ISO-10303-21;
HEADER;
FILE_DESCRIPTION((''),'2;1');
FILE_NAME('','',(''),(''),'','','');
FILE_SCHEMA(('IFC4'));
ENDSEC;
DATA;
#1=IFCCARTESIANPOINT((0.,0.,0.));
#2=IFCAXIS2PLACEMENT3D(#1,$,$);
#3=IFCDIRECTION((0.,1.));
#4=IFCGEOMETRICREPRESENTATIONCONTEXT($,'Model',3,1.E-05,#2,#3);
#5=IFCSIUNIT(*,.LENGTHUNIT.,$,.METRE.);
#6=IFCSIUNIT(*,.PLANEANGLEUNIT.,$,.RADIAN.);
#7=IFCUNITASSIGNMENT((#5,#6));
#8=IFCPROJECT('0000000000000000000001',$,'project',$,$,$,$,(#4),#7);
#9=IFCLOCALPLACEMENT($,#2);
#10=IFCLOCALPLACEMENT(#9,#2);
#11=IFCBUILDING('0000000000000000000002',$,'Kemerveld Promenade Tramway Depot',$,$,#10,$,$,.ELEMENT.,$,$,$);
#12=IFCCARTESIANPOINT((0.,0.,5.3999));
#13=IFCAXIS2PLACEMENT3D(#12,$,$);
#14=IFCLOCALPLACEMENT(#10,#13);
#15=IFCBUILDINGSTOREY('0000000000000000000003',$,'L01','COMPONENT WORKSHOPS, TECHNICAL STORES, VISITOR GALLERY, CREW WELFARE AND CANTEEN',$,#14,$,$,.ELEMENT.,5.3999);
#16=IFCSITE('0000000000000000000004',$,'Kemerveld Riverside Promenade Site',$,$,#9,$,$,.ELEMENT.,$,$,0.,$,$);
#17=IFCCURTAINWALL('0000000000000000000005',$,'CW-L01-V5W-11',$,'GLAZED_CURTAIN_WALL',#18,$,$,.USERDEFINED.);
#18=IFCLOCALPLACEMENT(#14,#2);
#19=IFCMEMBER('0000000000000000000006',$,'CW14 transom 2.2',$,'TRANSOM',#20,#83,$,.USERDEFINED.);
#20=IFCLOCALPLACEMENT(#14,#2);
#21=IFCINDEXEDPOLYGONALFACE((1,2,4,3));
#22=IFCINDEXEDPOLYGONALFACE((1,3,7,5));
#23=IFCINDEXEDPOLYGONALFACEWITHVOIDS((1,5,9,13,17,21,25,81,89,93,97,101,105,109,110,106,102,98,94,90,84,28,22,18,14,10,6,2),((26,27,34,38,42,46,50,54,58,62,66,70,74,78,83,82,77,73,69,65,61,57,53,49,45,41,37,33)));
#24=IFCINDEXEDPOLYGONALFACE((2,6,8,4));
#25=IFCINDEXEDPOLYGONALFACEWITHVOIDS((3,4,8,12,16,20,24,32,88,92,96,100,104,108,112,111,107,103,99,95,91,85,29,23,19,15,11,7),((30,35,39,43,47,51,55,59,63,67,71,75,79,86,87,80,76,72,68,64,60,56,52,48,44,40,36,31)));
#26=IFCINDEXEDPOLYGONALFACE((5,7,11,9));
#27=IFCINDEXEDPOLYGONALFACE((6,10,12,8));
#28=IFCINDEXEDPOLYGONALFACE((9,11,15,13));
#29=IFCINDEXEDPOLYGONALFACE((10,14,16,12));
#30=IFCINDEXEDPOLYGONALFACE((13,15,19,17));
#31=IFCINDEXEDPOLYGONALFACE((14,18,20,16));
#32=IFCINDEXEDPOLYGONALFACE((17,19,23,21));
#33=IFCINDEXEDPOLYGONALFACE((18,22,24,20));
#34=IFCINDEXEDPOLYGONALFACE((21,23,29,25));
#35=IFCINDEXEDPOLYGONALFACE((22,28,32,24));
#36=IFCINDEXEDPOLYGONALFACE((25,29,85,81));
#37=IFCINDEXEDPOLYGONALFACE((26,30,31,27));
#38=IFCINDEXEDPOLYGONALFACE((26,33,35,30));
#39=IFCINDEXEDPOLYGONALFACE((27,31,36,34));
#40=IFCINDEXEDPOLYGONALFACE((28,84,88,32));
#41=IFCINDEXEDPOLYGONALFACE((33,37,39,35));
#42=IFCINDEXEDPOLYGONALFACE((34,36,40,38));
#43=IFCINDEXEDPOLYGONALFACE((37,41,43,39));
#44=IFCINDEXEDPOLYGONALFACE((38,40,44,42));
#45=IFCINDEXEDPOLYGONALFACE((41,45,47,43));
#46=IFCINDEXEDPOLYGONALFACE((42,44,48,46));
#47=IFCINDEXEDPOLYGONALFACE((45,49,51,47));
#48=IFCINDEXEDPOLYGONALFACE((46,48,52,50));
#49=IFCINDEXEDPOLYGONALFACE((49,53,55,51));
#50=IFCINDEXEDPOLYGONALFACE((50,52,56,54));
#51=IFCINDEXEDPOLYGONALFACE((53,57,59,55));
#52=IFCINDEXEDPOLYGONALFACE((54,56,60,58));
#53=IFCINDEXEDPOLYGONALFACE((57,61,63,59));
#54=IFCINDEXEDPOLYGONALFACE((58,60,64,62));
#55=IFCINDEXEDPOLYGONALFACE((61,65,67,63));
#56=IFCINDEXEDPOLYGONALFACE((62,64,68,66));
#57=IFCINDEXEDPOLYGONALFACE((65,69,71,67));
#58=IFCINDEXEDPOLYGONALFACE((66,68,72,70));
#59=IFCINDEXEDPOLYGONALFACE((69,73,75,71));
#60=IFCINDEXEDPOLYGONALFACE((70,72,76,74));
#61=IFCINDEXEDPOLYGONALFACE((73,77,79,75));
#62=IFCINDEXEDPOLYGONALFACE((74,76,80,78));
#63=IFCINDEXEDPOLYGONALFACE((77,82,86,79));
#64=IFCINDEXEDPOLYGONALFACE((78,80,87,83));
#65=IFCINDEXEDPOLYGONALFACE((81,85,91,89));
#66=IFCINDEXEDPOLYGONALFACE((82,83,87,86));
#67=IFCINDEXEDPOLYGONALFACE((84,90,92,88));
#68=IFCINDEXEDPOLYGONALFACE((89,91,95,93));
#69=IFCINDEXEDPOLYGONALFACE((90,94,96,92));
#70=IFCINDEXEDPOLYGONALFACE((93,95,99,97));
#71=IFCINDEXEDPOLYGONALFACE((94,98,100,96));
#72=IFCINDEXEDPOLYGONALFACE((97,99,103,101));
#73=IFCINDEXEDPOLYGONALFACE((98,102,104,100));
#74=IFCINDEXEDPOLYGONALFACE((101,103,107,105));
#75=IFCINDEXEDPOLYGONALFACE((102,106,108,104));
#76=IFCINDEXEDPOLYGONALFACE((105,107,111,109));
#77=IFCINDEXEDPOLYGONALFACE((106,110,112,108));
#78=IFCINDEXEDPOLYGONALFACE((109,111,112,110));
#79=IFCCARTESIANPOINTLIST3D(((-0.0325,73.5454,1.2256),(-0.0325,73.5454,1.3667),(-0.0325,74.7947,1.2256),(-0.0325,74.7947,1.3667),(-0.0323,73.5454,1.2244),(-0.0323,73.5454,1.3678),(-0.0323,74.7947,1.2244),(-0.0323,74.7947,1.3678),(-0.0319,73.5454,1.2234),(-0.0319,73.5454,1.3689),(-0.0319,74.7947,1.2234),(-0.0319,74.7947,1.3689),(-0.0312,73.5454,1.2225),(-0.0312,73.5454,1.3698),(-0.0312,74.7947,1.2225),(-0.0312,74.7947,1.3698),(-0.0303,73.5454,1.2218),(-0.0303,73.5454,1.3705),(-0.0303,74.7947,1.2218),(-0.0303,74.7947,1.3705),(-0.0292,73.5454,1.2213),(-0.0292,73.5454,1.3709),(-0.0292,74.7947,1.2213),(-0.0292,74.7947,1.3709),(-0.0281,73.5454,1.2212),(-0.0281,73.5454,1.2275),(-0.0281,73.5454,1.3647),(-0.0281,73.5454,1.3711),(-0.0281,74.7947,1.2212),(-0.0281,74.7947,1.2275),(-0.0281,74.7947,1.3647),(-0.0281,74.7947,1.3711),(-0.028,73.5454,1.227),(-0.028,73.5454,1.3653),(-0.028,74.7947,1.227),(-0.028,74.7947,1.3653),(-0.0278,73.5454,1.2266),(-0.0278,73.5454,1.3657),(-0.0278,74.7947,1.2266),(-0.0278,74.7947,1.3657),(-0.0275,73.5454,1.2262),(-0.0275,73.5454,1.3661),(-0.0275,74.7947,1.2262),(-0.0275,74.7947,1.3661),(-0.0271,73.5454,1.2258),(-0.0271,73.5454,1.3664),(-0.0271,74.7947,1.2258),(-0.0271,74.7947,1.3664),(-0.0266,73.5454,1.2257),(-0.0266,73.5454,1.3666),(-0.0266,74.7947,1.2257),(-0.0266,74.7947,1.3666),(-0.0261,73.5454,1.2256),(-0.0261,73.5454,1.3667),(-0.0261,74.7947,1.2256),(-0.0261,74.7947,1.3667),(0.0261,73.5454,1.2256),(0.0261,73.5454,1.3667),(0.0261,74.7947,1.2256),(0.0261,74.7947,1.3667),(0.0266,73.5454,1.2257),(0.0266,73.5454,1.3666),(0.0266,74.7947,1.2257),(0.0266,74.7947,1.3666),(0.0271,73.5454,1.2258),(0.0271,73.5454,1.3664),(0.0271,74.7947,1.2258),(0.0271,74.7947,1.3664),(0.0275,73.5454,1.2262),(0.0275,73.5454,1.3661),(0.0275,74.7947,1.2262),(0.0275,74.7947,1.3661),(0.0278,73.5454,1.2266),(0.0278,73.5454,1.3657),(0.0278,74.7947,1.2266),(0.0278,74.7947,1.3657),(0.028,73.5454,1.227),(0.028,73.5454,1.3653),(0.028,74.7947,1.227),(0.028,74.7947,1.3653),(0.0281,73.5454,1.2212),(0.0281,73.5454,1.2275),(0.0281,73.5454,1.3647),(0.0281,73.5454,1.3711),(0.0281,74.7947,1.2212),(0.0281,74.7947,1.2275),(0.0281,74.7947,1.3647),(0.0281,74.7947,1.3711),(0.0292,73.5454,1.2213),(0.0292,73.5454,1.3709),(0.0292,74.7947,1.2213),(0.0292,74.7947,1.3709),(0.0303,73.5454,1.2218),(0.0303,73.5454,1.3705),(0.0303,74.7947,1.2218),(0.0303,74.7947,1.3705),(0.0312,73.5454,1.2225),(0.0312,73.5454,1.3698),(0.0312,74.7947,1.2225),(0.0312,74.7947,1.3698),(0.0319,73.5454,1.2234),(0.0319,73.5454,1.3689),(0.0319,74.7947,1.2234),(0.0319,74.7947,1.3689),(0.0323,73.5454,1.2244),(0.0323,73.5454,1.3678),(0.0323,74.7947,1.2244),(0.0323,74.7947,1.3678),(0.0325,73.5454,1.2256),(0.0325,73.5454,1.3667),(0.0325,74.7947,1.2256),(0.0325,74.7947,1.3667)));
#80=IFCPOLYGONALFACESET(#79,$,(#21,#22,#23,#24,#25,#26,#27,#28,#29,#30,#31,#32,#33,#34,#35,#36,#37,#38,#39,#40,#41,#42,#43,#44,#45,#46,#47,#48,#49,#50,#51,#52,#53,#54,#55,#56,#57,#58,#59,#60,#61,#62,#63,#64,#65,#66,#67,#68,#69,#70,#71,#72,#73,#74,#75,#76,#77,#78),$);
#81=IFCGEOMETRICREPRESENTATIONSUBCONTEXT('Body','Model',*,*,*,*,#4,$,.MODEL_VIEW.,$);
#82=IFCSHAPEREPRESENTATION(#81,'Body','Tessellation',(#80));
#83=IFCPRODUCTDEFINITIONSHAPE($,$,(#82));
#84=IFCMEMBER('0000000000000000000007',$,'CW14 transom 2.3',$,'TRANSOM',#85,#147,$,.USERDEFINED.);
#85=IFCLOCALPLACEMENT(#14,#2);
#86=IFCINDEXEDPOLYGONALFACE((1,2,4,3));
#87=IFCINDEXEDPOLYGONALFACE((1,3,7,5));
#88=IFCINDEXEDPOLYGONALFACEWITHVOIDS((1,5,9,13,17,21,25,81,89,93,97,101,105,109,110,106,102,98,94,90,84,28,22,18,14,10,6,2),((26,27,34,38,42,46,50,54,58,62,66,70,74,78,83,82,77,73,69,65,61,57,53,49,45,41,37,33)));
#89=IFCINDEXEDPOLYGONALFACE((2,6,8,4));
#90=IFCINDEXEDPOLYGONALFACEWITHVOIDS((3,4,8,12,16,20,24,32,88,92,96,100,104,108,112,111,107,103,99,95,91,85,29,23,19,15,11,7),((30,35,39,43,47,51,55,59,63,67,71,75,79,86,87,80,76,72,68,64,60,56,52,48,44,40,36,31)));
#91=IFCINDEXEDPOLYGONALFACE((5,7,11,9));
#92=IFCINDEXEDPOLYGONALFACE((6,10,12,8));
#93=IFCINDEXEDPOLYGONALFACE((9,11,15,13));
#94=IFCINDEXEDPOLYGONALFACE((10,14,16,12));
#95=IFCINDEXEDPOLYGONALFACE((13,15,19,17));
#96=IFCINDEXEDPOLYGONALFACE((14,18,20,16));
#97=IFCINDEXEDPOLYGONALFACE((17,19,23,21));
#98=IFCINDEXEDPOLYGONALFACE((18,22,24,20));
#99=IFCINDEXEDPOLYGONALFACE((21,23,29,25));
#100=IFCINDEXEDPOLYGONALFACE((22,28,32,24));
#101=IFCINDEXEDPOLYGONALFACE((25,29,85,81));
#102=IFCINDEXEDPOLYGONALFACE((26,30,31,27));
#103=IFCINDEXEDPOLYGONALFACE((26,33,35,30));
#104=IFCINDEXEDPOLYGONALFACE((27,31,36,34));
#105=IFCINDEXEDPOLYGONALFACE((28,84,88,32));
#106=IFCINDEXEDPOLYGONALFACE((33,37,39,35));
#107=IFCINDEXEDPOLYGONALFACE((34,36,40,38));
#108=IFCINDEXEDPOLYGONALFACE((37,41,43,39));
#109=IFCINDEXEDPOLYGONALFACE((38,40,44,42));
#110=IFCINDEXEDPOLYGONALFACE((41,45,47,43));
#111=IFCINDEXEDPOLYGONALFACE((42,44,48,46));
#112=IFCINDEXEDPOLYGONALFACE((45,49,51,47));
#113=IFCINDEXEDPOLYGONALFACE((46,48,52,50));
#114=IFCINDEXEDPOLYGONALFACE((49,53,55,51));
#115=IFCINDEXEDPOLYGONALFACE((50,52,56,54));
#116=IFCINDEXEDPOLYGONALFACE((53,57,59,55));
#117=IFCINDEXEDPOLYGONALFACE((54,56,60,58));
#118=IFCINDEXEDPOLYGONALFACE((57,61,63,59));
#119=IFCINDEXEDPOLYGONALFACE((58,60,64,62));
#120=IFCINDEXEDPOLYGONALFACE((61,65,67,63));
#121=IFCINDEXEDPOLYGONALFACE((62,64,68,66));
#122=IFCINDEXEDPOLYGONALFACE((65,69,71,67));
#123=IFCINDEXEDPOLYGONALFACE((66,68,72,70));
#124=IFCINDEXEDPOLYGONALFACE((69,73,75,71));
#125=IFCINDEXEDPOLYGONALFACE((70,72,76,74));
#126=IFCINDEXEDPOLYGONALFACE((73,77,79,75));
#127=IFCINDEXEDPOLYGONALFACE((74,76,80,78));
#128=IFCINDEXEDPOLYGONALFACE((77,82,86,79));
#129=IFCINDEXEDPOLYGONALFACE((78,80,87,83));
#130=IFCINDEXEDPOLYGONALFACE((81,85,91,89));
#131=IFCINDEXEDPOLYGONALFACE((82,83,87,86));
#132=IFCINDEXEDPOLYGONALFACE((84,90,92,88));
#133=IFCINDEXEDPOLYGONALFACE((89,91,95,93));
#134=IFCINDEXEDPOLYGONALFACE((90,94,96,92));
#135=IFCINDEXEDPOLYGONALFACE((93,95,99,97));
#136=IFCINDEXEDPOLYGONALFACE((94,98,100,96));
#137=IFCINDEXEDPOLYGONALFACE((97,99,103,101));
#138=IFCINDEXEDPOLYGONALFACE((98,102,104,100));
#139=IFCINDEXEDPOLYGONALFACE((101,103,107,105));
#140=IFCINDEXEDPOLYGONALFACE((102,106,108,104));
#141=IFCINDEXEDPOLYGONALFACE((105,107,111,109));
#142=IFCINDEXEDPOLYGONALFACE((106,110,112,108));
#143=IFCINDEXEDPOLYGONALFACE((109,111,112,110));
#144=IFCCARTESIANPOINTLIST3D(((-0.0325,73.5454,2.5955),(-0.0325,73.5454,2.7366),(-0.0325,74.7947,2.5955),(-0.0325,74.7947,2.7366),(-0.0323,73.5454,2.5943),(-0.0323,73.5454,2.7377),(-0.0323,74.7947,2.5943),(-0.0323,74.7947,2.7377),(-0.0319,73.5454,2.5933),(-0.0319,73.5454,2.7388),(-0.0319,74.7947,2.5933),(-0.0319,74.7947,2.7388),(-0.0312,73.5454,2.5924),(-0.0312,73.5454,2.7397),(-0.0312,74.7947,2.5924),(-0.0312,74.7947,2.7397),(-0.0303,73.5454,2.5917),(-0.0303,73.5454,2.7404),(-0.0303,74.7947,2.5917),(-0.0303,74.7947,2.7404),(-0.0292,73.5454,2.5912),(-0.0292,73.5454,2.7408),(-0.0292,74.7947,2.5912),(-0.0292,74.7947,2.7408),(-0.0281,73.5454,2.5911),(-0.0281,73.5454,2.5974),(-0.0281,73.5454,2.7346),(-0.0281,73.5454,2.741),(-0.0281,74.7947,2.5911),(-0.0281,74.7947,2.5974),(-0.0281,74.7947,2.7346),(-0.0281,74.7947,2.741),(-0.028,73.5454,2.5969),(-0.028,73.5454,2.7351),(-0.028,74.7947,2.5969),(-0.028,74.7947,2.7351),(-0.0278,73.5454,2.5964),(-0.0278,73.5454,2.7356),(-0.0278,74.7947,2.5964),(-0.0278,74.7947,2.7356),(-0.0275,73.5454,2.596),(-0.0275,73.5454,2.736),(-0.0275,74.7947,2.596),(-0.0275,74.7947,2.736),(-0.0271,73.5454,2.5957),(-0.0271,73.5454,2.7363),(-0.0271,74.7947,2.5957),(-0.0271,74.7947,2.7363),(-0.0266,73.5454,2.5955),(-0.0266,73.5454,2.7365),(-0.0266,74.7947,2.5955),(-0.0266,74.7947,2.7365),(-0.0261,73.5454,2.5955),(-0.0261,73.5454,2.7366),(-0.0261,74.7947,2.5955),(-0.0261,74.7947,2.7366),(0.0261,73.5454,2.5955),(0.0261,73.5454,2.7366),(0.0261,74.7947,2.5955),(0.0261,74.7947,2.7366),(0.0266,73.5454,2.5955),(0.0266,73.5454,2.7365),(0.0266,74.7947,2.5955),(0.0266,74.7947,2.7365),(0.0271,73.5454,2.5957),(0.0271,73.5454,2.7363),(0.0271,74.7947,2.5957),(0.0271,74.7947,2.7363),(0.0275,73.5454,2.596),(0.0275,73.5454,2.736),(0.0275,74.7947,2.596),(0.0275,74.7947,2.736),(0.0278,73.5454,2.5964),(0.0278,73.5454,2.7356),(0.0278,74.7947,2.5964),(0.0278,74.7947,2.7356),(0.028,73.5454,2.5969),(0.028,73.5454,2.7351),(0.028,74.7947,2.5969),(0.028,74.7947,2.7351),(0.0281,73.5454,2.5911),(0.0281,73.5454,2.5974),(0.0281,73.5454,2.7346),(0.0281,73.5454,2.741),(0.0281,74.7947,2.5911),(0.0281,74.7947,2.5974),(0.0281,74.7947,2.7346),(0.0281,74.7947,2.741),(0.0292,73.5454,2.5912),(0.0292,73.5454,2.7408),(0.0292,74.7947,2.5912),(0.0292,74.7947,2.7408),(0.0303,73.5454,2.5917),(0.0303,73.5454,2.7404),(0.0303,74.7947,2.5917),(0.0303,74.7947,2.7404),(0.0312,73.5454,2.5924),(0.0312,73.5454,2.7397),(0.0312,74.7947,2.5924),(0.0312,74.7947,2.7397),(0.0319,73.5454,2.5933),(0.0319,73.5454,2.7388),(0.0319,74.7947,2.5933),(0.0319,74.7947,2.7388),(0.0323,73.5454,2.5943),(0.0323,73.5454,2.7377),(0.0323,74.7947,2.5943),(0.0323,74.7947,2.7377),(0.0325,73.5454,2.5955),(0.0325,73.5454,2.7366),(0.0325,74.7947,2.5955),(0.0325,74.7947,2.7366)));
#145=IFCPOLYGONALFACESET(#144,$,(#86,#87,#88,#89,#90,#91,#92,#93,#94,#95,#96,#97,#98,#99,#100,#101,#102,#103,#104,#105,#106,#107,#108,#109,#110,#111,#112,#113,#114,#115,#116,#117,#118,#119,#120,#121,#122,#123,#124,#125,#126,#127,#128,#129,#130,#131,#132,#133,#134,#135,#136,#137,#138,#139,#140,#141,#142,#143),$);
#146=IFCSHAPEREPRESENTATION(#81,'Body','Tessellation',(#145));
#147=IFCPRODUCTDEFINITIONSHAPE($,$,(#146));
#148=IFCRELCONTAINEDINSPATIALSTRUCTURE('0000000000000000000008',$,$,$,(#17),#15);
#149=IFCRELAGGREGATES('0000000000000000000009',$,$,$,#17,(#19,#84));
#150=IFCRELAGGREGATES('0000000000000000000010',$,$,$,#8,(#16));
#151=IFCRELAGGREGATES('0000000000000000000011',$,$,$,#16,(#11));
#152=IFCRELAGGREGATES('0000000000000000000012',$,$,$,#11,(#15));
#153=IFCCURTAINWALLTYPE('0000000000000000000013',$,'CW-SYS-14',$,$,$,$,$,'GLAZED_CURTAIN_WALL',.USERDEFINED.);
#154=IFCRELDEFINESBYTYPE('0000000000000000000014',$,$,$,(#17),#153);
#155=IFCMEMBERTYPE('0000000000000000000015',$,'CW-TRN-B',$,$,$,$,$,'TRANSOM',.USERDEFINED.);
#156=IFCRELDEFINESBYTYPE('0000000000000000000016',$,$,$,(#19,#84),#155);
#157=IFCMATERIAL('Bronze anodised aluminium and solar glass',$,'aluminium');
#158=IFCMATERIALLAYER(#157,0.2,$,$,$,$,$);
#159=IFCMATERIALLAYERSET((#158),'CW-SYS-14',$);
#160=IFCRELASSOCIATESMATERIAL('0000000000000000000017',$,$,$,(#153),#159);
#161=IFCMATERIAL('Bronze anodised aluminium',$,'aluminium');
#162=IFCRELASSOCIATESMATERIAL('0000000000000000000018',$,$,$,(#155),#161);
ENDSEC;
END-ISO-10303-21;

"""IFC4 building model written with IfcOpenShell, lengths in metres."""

from ifc_helpers import new_model, si_unit, direction, frame, origin, origin_2d, place, context, subcontext, project, spatial, hollow_rectangle, extrude, material, layer, layer_set, material_profile, profile_set, type_object, element, aggregate, save


model = new_model("IFC4")

# Units and contexts
model_context = context("Model", 3, precision=1e-05, world=origin(), true_north=direction((0.0, 1.0)))
body_context = subcontext(model_context, "Body", "Model", "MODEL_VIEW")
ifc_project = project(units=[si_unit("LENGTHUNIT", "METRE"), si_unit("PLANEANGLEUNIT", "RADIAN")], contexts=[model_context])

# Site, building, storey
site_placement = place(None, origin())
site = spatial("IfcSite", under=ifc_project, at=site_placement, Name="Kemerveld Riverside Promenade Site", CompositionType="ELEMENT", RefElevation=0.0)
building_placement = place(site_placement, origin())
building = spatial("IfcBuilding", under=site, at=building_placement, Name="Kemerveld Promenade Tramway Depot", CompositionType="ELEMENT")
storey_placement = place(building_placement, frame((0.0, 0.0, 5.3999)))
storey = spatial("IfcBuildingStorey", under=building, at=storey_placement, Name="L01", Description="COMPONENT WORKSHOPS, TECHNICAL STORES, VISITOR GALLERY, CREW WELFARE AND CANTEEN", CompositionType="ELEMENT", Elevation=5.3999)

# Curtain wall, members
ifc_material_1 = material(Name="Bronze anodised aluminium and solar glass", Category="aluminium")
ifc_layer_1 = layer(ifc_material_1, 0.2)
ifc_layer_set_1 = layer_set([ifc_layer_1], Name="CW-SYS-14")
curtain_wall_type = type_object("IfcCurtainWallType", Name="CW-SYS-14", ElementType="GLAZED_CURTAIN_WALL", PredefinedType="USERDEFINED", material=ifc_layer_set_1)
curtain_wall_placement = place(storey_placement, origin())
curtain_wall = element("IfcCurtainWall", 1, at=curtain_wall_placement, inside=storey, type_object=curtain_wall_type, Name="CW-L01-V5W-11", ObjectType="GLAZED_CURTAIN_WALL", PredefinedType="USERDEFINED")
ifc_material_2 = material(Name="Bronze anodised aluminium", Category="aluminium")
ifc_material_profile_1 = material_profile(ifc_material_2, hollow_rectangle(XDim=0.0649, YDim=0.1499, WallThickness=0.0044, InnerFilletRadius=0.002, OuterFilletRadius=0.0044, at=origin_2d()), Name="CW-TRN-150x65")
ifc_profile_set_1 = profile_set([ifc_material_profile_1], Name="Bronze anodised aluminium")
member_type_1 = type_object("IfcMemberType", Name="CW-TRN-B", ElementType="TRANSOM", PredefinedType="USERDEFINED", material=ifc_profile_set_1)
member_1_placement = place(storey_placement, frame((0.0, 73.5454, 1.2961), z_axis=(0.0, 1.0, 0.0), x_axis=(-1.0, 0.0, 0.0)))
member_1 = element("IfcMember", 2, at=member_1_placement, type_object=member_type_1, Name="CW14 transom 2.2", ObjectType="TRANSOM", PredefinedType="USERDEFINED", context=body_context, shape_type="SweptSolid", body=[
    extrude(hollow_rectangle(XDim=0.0649, YDim=0.1499, WallThickness=0.0044, InnerFilletRadius=0.002, OuterFilletRadius=0.0044, at=origin_2d()), origin(), (0.0, 0.0, 1.0), 1.2493),
])
member_2_placement = place(storey_placement, frame((0.0, 73.5454, 2.666), z_axis=(0.0, 1.0, 0.0), x_axis=(-1.0, 0.0, 0.0)))
member_2 = element("IfcMember", 3, at=member_2_placement, type_object=member_type_1, Name="CW14 transom 2.3", ObjectType="TRANSOM", PredefinedType="USERDEFINED", context=body_context, shape_type="SweptSolid", body=[
    extrude(hollow_rectangle(XDim=0.0649, YDim=0.1499, WallThickness=0.0044, InnerFilletRadius=0.002, OuterFilletRadius=0.0044, at=origin_2d()), origin(), (0.0, 0.0, 1.0), 1.2493),
])
aggregate(curtain_wall, [member_1, member_2])

save(model, "model.ifc")
